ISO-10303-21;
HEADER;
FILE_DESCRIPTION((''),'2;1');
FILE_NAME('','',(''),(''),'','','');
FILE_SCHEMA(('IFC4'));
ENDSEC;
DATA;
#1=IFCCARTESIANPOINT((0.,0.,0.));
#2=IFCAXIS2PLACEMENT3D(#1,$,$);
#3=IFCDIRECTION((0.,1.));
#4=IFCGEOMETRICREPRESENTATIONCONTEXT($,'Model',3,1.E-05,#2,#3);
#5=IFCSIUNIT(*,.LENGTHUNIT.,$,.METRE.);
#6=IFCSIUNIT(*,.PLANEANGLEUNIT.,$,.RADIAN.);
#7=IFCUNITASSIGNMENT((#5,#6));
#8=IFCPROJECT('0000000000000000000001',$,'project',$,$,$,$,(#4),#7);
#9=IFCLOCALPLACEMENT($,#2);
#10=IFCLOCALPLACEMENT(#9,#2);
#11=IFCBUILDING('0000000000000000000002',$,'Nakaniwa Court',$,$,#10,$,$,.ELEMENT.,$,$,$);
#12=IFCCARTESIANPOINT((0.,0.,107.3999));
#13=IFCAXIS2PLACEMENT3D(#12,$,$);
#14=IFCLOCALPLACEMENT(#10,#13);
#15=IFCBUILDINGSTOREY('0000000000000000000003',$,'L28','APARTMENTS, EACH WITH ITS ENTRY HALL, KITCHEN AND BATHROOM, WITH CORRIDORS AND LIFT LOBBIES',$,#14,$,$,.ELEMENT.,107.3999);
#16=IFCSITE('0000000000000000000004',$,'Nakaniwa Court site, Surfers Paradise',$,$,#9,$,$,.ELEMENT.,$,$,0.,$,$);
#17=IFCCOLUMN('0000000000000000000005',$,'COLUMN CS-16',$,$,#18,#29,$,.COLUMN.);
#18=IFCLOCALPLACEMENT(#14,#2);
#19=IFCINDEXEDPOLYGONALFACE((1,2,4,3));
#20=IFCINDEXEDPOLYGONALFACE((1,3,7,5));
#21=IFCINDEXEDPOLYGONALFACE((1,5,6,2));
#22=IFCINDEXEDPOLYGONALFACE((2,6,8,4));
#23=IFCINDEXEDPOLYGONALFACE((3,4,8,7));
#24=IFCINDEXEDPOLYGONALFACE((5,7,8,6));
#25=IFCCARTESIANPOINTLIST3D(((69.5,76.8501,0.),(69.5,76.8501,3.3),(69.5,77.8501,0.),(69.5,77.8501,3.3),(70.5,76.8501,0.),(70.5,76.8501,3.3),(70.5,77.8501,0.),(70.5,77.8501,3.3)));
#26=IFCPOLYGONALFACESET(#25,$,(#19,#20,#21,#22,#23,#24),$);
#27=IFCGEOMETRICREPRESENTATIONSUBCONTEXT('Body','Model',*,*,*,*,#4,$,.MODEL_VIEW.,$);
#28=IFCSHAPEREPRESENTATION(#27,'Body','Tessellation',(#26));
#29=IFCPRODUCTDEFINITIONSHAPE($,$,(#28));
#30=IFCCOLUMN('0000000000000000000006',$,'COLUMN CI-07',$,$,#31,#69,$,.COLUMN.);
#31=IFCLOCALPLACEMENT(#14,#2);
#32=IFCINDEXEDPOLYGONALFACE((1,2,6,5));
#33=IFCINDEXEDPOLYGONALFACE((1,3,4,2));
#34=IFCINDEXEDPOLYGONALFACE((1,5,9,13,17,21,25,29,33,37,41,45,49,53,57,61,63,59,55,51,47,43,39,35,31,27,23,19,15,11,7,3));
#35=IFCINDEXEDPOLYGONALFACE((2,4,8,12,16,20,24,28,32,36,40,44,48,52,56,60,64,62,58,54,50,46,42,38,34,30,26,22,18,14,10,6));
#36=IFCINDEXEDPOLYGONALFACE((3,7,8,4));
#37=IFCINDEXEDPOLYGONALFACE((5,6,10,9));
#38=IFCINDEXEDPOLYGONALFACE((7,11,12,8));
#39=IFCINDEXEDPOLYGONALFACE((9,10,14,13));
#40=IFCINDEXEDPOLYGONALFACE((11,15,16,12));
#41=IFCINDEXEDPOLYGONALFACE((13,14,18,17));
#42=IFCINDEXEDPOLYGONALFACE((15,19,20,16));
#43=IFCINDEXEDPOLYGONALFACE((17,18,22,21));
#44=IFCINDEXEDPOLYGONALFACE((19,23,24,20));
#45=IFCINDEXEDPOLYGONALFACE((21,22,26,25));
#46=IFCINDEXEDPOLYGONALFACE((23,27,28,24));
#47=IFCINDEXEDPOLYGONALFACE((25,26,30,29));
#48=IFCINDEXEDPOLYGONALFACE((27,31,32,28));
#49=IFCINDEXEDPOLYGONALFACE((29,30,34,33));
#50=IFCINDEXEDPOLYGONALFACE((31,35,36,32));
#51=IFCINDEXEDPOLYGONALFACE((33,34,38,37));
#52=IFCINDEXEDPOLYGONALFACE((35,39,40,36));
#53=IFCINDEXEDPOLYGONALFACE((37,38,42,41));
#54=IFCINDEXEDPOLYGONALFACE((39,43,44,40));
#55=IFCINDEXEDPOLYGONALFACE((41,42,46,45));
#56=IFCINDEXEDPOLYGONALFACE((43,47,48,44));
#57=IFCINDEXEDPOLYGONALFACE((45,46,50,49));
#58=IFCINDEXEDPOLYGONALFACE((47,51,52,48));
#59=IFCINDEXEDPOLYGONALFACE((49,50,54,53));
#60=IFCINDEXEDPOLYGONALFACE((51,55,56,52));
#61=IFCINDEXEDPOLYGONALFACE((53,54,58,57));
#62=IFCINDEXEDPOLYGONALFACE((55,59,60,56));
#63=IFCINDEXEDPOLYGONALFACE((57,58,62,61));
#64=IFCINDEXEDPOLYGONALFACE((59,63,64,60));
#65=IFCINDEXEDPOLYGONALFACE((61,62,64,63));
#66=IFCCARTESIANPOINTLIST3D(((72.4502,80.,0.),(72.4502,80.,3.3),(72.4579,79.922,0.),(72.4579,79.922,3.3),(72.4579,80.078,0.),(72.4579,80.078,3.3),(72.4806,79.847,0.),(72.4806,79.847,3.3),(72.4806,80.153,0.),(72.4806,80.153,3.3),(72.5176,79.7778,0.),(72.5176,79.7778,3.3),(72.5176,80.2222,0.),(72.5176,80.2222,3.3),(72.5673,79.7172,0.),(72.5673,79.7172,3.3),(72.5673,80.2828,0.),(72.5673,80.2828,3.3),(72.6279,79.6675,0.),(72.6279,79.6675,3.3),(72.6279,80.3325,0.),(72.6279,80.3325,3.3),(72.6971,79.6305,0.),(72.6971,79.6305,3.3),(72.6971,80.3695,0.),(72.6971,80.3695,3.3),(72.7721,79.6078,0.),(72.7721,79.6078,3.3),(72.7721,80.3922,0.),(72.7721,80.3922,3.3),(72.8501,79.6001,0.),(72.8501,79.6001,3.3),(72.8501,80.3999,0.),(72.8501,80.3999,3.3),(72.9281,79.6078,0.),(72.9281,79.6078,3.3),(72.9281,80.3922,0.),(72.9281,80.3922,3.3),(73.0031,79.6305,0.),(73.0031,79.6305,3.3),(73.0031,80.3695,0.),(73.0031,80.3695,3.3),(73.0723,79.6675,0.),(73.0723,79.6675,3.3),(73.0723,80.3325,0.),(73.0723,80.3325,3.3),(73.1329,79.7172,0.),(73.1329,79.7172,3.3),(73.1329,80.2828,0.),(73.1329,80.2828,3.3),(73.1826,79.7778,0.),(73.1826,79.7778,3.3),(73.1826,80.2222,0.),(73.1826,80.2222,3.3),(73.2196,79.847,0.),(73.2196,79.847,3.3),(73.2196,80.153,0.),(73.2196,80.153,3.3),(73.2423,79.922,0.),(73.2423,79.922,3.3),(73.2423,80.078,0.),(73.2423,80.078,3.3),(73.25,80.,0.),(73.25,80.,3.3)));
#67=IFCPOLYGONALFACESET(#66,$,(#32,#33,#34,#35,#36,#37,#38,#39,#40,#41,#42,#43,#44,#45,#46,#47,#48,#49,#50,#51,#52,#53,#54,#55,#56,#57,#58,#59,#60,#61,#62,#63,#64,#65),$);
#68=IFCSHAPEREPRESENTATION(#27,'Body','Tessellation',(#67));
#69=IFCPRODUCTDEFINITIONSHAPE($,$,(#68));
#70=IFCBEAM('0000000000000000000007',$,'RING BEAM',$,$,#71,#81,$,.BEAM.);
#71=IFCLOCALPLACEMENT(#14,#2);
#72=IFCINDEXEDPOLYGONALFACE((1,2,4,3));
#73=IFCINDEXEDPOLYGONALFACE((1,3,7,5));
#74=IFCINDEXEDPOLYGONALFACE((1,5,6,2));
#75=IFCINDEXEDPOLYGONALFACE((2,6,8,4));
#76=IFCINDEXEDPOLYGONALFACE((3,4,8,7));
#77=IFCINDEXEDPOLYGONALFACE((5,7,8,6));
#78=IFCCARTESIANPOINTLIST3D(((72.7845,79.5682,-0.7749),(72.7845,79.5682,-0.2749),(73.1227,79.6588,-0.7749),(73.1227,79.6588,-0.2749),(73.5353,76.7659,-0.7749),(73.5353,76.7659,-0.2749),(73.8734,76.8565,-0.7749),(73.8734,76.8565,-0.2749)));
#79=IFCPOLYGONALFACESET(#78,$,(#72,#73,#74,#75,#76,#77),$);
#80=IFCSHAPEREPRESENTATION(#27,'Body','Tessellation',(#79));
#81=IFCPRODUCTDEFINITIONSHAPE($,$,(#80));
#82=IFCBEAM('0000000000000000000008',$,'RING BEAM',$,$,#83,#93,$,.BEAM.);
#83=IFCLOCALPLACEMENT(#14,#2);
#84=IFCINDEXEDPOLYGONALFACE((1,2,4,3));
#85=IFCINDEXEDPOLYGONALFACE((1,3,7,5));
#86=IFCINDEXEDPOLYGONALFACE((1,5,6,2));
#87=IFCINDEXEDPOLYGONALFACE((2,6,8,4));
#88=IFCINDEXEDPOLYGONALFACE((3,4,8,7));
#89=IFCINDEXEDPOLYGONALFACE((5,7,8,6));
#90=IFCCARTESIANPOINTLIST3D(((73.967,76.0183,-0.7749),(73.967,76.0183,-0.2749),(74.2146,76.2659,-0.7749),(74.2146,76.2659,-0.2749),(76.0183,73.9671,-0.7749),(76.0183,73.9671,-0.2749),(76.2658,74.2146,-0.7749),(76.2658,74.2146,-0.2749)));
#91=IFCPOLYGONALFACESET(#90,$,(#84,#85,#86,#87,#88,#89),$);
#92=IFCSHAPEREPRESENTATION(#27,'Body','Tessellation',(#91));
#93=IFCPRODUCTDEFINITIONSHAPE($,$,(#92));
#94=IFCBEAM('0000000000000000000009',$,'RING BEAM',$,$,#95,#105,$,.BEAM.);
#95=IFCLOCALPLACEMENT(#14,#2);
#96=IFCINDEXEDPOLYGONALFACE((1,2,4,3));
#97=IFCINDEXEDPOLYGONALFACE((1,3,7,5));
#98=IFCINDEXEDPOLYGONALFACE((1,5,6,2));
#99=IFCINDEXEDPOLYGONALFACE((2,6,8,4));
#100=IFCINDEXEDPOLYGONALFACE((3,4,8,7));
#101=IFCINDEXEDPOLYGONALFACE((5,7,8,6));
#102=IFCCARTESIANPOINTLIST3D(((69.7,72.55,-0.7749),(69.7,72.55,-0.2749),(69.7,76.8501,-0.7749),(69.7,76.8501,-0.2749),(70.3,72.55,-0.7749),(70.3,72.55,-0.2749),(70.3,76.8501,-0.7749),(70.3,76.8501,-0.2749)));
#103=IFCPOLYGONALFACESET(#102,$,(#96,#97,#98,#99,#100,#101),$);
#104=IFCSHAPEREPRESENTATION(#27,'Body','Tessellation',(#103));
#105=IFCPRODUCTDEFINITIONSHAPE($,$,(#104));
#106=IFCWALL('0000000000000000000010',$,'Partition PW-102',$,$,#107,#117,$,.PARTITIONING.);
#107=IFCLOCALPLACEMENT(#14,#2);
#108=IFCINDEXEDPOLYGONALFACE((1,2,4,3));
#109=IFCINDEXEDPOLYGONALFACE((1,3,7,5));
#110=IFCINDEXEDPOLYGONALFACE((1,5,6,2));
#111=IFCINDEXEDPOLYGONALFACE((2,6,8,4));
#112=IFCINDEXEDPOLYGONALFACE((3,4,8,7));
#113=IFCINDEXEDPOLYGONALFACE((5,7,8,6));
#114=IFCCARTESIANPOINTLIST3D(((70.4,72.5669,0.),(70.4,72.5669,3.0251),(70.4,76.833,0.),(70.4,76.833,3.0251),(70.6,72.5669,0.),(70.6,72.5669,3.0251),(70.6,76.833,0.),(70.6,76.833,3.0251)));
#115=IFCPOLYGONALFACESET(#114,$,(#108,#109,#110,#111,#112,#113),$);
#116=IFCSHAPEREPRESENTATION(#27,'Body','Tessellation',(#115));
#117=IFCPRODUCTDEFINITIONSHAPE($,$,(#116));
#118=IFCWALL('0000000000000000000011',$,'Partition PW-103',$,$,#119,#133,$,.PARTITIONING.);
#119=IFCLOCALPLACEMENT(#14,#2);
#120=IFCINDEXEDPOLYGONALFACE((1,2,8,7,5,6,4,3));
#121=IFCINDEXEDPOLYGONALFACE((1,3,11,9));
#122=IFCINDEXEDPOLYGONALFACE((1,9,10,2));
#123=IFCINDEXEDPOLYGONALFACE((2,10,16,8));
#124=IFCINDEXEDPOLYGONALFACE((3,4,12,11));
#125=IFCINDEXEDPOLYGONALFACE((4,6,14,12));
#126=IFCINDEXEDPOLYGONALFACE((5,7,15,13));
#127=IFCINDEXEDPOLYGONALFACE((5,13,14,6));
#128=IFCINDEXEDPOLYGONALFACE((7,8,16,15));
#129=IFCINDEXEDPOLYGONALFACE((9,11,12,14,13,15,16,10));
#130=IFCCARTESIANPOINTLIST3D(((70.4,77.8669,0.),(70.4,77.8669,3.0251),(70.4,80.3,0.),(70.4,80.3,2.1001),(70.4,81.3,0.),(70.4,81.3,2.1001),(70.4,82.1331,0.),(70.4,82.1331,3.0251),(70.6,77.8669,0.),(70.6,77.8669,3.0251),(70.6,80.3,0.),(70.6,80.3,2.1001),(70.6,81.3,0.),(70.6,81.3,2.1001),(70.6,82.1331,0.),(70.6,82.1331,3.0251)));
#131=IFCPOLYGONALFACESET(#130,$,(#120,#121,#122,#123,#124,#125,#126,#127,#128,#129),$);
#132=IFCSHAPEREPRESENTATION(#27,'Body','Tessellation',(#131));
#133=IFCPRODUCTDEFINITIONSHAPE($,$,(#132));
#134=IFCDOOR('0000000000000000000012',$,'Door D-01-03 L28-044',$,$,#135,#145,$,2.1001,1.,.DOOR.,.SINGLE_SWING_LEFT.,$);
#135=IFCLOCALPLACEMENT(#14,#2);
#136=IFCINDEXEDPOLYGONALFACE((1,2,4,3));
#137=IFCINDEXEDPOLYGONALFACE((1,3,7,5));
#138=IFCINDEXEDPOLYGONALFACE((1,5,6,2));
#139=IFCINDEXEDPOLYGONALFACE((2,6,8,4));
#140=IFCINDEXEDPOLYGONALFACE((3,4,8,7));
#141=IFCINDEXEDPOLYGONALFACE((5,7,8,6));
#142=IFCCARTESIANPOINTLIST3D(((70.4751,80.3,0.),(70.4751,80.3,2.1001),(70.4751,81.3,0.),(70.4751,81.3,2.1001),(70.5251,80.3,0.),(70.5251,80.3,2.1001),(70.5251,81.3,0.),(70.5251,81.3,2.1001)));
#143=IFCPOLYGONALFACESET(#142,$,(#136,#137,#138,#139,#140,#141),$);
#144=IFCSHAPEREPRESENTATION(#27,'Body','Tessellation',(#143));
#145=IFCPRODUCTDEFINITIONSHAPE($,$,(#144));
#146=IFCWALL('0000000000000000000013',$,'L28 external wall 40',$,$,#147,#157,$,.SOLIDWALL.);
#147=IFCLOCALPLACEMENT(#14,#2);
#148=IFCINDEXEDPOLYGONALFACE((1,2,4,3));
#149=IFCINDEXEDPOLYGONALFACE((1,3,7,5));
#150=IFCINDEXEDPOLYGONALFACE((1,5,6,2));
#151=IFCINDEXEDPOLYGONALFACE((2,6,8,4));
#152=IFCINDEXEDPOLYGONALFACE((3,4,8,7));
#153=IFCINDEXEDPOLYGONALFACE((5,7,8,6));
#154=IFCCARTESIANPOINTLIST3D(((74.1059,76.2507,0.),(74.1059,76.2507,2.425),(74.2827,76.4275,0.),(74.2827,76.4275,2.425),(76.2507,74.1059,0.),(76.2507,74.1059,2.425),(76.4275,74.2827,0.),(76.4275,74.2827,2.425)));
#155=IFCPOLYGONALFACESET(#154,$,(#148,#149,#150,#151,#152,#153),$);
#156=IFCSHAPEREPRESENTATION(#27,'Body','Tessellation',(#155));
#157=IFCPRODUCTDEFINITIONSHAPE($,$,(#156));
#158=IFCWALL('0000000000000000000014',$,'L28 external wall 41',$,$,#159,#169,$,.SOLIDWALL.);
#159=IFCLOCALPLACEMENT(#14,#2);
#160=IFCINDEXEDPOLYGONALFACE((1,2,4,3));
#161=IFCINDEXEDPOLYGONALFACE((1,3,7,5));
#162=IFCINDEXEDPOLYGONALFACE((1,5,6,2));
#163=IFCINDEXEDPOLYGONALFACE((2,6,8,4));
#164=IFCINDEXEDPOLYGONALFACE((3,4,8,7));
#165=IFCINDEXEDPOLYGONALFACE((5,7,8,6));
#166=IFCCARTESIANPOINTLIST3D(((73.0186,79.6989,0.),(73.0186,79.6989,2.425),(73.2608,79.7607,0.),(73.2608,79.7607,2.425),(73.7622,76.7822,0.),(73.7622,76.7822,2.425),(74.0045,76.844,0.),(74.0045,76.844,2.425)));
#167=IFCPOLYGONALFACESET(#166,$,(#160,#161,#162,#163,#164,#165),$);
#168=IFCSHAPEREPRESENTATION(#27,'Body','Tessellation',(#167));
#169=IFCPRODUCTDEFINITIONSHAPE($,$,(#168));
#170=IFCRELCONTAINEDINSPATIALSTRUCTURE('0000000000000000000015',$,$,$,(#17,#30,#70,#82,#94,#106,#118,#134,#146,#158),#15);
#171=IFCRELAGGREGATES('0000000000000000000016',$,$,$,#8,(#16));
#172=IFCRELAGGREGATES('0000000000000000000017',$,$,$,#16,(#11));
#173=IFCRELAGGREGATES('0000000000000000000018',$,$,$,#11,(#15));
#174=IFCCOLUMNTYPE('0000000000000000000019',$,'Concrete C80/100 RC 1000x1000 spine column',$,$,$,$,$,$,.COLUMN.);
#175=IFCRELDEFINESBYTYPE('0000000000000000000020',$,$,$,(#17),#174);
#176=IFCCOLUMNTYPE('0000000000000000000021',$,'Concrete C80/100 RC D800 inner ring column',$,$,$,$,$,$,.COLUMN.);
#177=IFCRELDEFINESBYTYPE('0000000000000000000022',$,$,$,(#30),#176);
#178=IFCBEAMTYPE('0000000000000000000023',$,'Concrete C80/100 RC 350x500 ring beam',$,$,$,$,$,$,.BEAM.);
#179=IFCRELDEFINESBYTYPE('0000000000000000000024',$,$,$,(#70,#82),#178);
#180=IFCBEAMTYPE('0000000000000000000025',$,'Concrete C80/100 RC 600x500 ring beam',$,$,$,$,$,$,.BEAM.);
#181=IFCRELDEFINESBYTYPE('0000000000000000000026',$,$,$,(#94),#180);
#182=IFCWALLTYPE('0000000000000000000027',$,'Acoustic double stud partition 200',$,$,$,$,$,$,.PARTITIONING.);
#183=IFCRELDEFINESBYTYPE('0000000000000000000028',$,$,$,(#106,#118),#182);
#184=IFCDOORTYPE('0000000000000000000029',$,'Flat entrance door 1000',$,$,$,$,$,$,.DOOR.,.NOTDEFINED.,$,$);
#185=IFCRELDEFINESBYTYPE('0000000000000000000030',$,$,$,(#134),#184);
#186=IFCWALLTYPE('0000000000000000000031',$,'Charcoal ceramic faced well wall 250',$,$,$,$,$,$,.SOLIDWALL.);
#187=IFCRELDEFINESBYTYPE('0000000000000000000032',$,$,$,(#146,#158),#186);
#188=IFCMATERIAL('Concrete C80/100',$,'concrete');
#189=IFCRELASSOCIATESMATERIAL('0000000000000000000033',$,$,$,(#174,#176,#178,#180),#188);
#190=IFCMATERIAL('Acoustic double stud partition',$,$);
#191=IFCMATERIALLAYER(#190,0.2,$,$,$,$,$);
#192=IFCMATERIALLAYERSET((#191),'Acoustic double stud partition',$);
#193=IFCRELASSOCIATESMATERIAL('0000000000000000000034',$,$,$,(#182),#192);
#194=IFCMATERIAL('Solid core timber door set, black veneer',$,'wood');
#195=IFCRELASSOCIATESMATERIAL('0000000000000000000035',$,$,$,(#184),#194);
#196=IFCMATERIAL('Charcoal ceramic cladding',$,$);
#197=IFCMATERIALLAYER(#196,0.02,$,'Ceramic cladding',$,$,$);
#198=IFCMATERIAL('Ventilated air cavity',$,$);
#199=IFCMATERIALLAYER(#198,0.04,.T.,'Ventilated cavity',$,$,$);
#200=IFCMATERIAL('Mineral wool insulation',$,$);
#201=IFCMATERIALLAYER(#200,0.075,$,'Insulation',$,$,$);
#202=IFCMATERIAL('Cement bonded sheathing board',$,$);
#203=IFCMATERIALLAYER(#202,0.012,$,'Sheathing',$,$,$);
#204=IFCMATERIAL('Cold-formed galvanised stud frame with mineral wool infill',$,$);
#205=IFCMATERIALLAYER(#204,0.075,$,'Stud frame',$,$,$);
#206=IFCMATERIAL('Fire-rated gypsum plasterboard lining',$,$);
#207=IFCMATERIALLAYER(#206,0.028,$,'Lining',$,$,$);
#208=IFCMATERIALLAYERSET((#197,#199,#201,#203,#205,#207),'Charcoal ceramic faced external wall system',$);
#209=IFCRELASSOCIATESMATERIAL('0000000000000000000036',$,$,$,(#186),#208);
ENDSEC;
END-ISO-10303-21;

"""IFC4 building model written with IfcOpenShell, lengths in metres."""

from ifc_helpers import new_model, si_unit, direction, frame, frame_2d, origin, origin_2d, place, context, subcontext, project, spatial, rectangle, circle, extrude, material, layer, layer_set, material_profile, profile_set, type_object, element, fill, save


model = new_model("IFC4")

# Units and contexts
model_context = context("Model", 3, precision=1e-05, world=origin(), true_north=direction((0.0, 1.0)))
body_context = subcontext(model_context, "Body", "Model", "MODEL_VIEW")
ifc_project = project(units=[si_unit("LENGTHUNIT", "METRE"), si_unit("PLANEANGLEUNIT", "RADIAN")], contexts=[model_context])

# Site, building, storey
site_placement = place(None, origin())
site = spatial("IfcSite", under=ifc_project, at=site_placement, Name="Nakaniwa Court site, Surfers Paradise", CompositionType="ELEMENT", RefElevation=0.0)
building_placement = place(site_placement, origin())
building = spatial("IfcBuilding", under=site, at=building_placement, Name="Nakaniwa Court", CompositionType="ELEMENT")
storey_placement = place(building_placement, frame((0.0, 0.0, 107.3999)))
storey = spatial("IfcBuildingStorey", under=building, at=storey_placement, Name="L28", Description="APARTMENTS, EACH WITH ITS ENTRY HALL, KITCHEN AND BATHROOM, WITH CORRIDORS AND LIFT LOBBIES", CompositionType="ELEMENT", Elevation=107.3999)

# Columns
ifc_material_1 = material(Name="Concrete C80/100", Category="concrete")
ifc_material_profile_1 = material_profile(ifc_material_1, rectangle(XDim=1.0, YDim=1.0, at=origin_2d()), Name="Concrete C80/100 RC 1000x1000 spine column")
ifc_profile_set_1 = profile_set([ifc_material_profile_1], Name="Concrete C80/100")
column_type_1 = type_object("IfcColumnType", Name="Concrete C80/100 RC 1000x1000 spine column", PredefinedType="COLUMN", material=ifc_profile_set_1)
column_placement = place(storey_placement, frame((70.0, 77.3501, 0.0), z_axis=(0.0, 0.0, 1.0), x_axis=(0.0, -1.0, 0.0)))
element("IfcColumn", 1, at=column_placement, inside=storey, type_object=column_type_1, Name="COLUMN CS-16", PredefinedType="COLUMN", context=body_context, shape_type="SweptSolid", body=[
    extrude(rectangle(XDim=1.0, YDim=1.0, at=origin_2d()), origin(), (0.0, 0.0, 1.0), 3.3),
])
ifc_material_profile_2 = material_profile(ifc_material_1, circle(Radius=0.3999, at=origin_2d()), Name="Concrete C80/100 RC D800 inner ring column")
ifc_profile_set_2 = profile_set([ifc_material_profile_2], Name="Concrete C80/100")
column_type_2 = type_object("IfcColumnType", Name="Concrete C80/100 RC D800 inner ring column", PredefinedType="COLUMN", material=ifc_profile_set_2)
for number, where, z_axis, x_axis, name in (
    (2, (72.8501, 80.0, 0.0), (0.0, 0.0, 1.0), (0.0, -1.0, 0.0), "COLUMN CI-07"),
):
    element("IfcColumn", number, at=place(storey_placement, frame(where, z_axis=z_axis, x_axis=x_axis)), inside=storey, type_object=column_type_2, Name=name, PredefinedType="COLUMN", context=body_context, shape_type="SweptSolid", body=[
        extrude(circle(Radius=0.3999, at=origin_2d()), origin(), (0.0, 0.0, 1.0), 3.3),
    ])

# Beams
ifc_material_profile_3 = material_profile(ifc_material_1, rectangle(XDim=0.3501, YDim=0.5, at=origin_2d()), Name="Concrete C80/100 RC 350x500 ring beam")
ifc_profile_set_3 = profile_set([ifc_material_profile_3], Name="Concrete C80/100")
beam_type_1 = type_object("IfcBeamType", Name="Concrete C80/100 RC 350x500 ring beam", PredefinedType="BEAM", material=ifc_profile_set_3)
beam_1_placement = place(storey_placement, frame((72.9536, 79.6135, -0.5249), z_axis=(0.258778, -0.965937, 0.0), x_axis=(0.965937, 0.258778, 0.0)))
element("IfcBeam", 3, at=beam_1_placement, inside=storey, type_object=beam_type_1, Name="RING BEAM", PredefinedType="BEAM", context=body_context, shape_type="SweptSolid", body=[
    extrude(rectangle(XDim=0.3501, YDim=0.5, at=origin_2d()), origin(), (0.0, 0.0, 1.0), 2.9011),
])
beam_2_placement = place(storey_placement, frame((74.0908, 76.1421, -0.5249), z_axis=(0.707107, -0.707107, 0.0), x_axis=(0.707107, 0.707107, 0.0)))
element("IfcBeam", 4, at=beam_2_placement, inside=storey, type_object=beam_type_1, Name="RING BEAM", PredefinedType="BEAM", context=body_context, shape_type="SweptSolid", body=[
    extrude(rectangle(XDim=0.3501, YDim=0.5, at=origin_2d()), origin(), (0.0, 0.0, 1.0), 2.9009),
])
ifc_material_profile_4 = material_profile(ifc_material_1, rectangle(XDim=0.6001, YDim=0.5, at=origin_2d()), Name="Concrete C80/100 RC 600x500 ring beam")
ifc_profile_set_4 = profile_set([ifc_material_profile_4], Name="Concrete C80/100")
beam_type_2 = type_object("IfcBeamType", Name="Concrete C80/100 RC 600x500 ring beam", PredefinedType="BEAM", material=ifc_profile_set_4)
beam_3_placement = place(storey_placement, frame((70.0, 76.8501, -0.5249), z_axis=(0.0, -1.0, 0.0), x_axis=(1.0, 0.0, 0.0)))
element("IfcBeam", 5, at=beam_3_placement, inside=storey, type_object=beam_type_2, Name="RING BEAM", PredefinedType="BEAM", context=body_context, shape_type="SweptSolid", body=[
    extrude(rectangle(XDim=0.6001, YDim=0.5, at=origin_2d()), origin(), (0.0, 0.0, 1.0), 4.3),
])

# Wall
ifc_material_2 = material(Name="Acoustic double stud partition")
ifc_layer_1 = layer(ifc_material_2, 0.2)
ifc_layer_set_1 = layer_set([ifc_layer_1], Name="Acoustic double stud partition")
wall_type_1 = type_object("IfcWallType", Name="Acoustic double stud partition 200", PredefinedType="PARTITIONING", material=ifc_layer_set_1)
wall_1_placement = place(storey_placement, frame((70.5, 72.5669, 0.0), z_axis=(0.0, 0.0, 1.0), x_axis=(0.0, 1.0, 0.0)))
element("IfcWall", 6, at=wall_1_placement, inside=storey, type_object=wall_type_1, Name="Partition PW-102", PredefinedType="PARTITIONING", context=body_context, shape_type="SweptSolid", body=[
    extrude(rectangle(XDim=4.2661, YDim=0.2, at=frame_2d((2.1331, 0.0))), origin(), (0.0, 0.0, 1.0), 3.0251),
])

# Wall, opening, door
wall_2_placement = place(storey_placement, frame((70.5, 77.8669, 0.0), z_axis=(0.0, 0.0, 1.0), x_axis=(0.0, 1.0, 0.0)))
wall_2 = element("IfcWall", 7, at=wall_2_placement, inside=storey, type_object=wall_type_1, Name="Partition PW-103", PredefinedType="PARTITIONING", context=body_context, shape_type="SweptSolid", body=[
    extrude(rectangle(XDim=4.2661, YDim=0.2, at=frame_2d((2.1331, 0.0))), origin(), (0.0, 0.0, 1.0), 3.0251),
])
opening_1_placement = place(wall_2_placement, frame((2.4331, 0.0, 0.0)))
opening_1 = element("IfcOpeningElement", 8, at=opening_1_placement, cuts=wall_2, PredefinedType="OPENING", context=body_context, shape_type="SweptSolid", body=[
    extrude(rectangle(XDim=1.0, YDim=2.1001, at=frame_2d((0.5, 1.05))), frame((0.0, 0.1099, 0.0), z_axis=(0.0, -1.0, 0.0), x_axis=(1.0, 0.0, 0.0)), (0.0, 0.0, 1.0), 0.22),
])
ifc_material_3 = material(Name="Solid core timber door set, black veneer", Category="wood")
door_type_1 = type_object("IfcDoorType", Name="Flat entrance door 1000", OperationType="NOTDEFINED", PredefinedType="DOOR", material=ifc_material_3)
door_1_placement = place(opening_1_placement, origin())
door_1 = element("IfcDoor", 9, at=door_1_placement, inside=storey, type_object=door_type_1, Name="Door D-01-03 L28-044", OperationType="SINGLE_SWING_LEFT", OverallHeight=2.1001, OverallWidth=1.0, PredefinedType="DOOR", context=body_context, shape_type="SweptSolid", body=[
    extrude(rectangle(XDim=1.0, YDim=2.1001, at=frame_2d((0.5, 1.05))), frame((0.0, 0.0249, 0.0), z_axis=(0.0, -1.0, 0.0), x_axis=(1.0, 0.0, 0.0)), (0.0, 0.0, 1.0), 0.05),
])
fill(opening_1, door_1)

# Walls
ifc_material_4 = material(Name="Charcoal ceramic cladding")
ifc_layer_2 = layer(ifc_material_4, 0.02, Name="Ceramic cladding")
ifc_material_5 = material(Name="Ventilated air cavity")
ifc_layer_3 = layer(ifc_material_5, 0.04, ventilated=True, Name="Ventilated cavity")
ifc_material_6 = material(Name="Mineral wool insulation")
ifc_layer_4 = layer(ifc_material_6, 0.075, Name="Insulation")
ifc_material_7 = material(Name="Cement bonded sheathing board")
ifc_layer_5 = layer(ifc_material_7, 0.012, Name="Sheathing")
ifc_material_8 = material(Name="Cold-formed galvanised stud frame with mineral wool infill")
ifc_layer_6 = layer(ifc_material_8, 0.075, Name="Stud frame")
ifc_material_9 = material(Name="Fire-rated gypsum plasterboard lining")
ifc_layer_7 = layer(ifc_material_9, 0.028, Name="Lining")
ifc_layer_set_2 = layer_set([ifc_layer_2, ifc_layer_3, ifc_layer_4, ifc_layer_5, ifc_layer_6, ifc_layer_7], Name="Charcoal ceramic faced external wall system")
wall_type_2 = type_object("IfcWallType", Name="Charcoal ceramic faced well wall 250", PredefinedType="SOLIDWALL", material=ifc_layer_set_2)
wall_3_placement = place(storey_placement, frame((76.3391, 74.1943, 0.0), z_axis=(0.0, 0.0, 1.0), x_axis=(-0.707107, 0.707107, 0.0)))
element("IfcWall", 10, at=wall_3_placement, inside=storey, type_object=wall_type_2, Name="L28 external wall 40", PredefinedType="SOLIDWALL", context=body_context, shape_type="SweptSolid", body=[
    extrude(rectangle(XDim=3.0332, YDim=0.25, at=frame_2d((1.5166, 0.0))), origin(), (0.0, 0.0, 1.0), 2.425),
])
wall_4_placement = place(storey_placement, frame((73.8833, 76.8132, 0.0), z_axis=(0.0, 0.0, 1.0), x_axis=(-0.247056, 0.969001, 0.0)))
element("IfcWall", 11, at=wall_4_placement, inside=storey, type_object=wall_type_2, Name="L28 external wall 41", PredefinedType="SOLIDWALL", context=body_context, shape_type="SweptSolid", body=[
    extrude(rectangle(XDim=3.01, YDim=0.25, at=frame_2d((1.5049, 0.0))), origin(), (0.0, 0.0, 1.0), 2.425),
])

save(model, "model.ifc")
